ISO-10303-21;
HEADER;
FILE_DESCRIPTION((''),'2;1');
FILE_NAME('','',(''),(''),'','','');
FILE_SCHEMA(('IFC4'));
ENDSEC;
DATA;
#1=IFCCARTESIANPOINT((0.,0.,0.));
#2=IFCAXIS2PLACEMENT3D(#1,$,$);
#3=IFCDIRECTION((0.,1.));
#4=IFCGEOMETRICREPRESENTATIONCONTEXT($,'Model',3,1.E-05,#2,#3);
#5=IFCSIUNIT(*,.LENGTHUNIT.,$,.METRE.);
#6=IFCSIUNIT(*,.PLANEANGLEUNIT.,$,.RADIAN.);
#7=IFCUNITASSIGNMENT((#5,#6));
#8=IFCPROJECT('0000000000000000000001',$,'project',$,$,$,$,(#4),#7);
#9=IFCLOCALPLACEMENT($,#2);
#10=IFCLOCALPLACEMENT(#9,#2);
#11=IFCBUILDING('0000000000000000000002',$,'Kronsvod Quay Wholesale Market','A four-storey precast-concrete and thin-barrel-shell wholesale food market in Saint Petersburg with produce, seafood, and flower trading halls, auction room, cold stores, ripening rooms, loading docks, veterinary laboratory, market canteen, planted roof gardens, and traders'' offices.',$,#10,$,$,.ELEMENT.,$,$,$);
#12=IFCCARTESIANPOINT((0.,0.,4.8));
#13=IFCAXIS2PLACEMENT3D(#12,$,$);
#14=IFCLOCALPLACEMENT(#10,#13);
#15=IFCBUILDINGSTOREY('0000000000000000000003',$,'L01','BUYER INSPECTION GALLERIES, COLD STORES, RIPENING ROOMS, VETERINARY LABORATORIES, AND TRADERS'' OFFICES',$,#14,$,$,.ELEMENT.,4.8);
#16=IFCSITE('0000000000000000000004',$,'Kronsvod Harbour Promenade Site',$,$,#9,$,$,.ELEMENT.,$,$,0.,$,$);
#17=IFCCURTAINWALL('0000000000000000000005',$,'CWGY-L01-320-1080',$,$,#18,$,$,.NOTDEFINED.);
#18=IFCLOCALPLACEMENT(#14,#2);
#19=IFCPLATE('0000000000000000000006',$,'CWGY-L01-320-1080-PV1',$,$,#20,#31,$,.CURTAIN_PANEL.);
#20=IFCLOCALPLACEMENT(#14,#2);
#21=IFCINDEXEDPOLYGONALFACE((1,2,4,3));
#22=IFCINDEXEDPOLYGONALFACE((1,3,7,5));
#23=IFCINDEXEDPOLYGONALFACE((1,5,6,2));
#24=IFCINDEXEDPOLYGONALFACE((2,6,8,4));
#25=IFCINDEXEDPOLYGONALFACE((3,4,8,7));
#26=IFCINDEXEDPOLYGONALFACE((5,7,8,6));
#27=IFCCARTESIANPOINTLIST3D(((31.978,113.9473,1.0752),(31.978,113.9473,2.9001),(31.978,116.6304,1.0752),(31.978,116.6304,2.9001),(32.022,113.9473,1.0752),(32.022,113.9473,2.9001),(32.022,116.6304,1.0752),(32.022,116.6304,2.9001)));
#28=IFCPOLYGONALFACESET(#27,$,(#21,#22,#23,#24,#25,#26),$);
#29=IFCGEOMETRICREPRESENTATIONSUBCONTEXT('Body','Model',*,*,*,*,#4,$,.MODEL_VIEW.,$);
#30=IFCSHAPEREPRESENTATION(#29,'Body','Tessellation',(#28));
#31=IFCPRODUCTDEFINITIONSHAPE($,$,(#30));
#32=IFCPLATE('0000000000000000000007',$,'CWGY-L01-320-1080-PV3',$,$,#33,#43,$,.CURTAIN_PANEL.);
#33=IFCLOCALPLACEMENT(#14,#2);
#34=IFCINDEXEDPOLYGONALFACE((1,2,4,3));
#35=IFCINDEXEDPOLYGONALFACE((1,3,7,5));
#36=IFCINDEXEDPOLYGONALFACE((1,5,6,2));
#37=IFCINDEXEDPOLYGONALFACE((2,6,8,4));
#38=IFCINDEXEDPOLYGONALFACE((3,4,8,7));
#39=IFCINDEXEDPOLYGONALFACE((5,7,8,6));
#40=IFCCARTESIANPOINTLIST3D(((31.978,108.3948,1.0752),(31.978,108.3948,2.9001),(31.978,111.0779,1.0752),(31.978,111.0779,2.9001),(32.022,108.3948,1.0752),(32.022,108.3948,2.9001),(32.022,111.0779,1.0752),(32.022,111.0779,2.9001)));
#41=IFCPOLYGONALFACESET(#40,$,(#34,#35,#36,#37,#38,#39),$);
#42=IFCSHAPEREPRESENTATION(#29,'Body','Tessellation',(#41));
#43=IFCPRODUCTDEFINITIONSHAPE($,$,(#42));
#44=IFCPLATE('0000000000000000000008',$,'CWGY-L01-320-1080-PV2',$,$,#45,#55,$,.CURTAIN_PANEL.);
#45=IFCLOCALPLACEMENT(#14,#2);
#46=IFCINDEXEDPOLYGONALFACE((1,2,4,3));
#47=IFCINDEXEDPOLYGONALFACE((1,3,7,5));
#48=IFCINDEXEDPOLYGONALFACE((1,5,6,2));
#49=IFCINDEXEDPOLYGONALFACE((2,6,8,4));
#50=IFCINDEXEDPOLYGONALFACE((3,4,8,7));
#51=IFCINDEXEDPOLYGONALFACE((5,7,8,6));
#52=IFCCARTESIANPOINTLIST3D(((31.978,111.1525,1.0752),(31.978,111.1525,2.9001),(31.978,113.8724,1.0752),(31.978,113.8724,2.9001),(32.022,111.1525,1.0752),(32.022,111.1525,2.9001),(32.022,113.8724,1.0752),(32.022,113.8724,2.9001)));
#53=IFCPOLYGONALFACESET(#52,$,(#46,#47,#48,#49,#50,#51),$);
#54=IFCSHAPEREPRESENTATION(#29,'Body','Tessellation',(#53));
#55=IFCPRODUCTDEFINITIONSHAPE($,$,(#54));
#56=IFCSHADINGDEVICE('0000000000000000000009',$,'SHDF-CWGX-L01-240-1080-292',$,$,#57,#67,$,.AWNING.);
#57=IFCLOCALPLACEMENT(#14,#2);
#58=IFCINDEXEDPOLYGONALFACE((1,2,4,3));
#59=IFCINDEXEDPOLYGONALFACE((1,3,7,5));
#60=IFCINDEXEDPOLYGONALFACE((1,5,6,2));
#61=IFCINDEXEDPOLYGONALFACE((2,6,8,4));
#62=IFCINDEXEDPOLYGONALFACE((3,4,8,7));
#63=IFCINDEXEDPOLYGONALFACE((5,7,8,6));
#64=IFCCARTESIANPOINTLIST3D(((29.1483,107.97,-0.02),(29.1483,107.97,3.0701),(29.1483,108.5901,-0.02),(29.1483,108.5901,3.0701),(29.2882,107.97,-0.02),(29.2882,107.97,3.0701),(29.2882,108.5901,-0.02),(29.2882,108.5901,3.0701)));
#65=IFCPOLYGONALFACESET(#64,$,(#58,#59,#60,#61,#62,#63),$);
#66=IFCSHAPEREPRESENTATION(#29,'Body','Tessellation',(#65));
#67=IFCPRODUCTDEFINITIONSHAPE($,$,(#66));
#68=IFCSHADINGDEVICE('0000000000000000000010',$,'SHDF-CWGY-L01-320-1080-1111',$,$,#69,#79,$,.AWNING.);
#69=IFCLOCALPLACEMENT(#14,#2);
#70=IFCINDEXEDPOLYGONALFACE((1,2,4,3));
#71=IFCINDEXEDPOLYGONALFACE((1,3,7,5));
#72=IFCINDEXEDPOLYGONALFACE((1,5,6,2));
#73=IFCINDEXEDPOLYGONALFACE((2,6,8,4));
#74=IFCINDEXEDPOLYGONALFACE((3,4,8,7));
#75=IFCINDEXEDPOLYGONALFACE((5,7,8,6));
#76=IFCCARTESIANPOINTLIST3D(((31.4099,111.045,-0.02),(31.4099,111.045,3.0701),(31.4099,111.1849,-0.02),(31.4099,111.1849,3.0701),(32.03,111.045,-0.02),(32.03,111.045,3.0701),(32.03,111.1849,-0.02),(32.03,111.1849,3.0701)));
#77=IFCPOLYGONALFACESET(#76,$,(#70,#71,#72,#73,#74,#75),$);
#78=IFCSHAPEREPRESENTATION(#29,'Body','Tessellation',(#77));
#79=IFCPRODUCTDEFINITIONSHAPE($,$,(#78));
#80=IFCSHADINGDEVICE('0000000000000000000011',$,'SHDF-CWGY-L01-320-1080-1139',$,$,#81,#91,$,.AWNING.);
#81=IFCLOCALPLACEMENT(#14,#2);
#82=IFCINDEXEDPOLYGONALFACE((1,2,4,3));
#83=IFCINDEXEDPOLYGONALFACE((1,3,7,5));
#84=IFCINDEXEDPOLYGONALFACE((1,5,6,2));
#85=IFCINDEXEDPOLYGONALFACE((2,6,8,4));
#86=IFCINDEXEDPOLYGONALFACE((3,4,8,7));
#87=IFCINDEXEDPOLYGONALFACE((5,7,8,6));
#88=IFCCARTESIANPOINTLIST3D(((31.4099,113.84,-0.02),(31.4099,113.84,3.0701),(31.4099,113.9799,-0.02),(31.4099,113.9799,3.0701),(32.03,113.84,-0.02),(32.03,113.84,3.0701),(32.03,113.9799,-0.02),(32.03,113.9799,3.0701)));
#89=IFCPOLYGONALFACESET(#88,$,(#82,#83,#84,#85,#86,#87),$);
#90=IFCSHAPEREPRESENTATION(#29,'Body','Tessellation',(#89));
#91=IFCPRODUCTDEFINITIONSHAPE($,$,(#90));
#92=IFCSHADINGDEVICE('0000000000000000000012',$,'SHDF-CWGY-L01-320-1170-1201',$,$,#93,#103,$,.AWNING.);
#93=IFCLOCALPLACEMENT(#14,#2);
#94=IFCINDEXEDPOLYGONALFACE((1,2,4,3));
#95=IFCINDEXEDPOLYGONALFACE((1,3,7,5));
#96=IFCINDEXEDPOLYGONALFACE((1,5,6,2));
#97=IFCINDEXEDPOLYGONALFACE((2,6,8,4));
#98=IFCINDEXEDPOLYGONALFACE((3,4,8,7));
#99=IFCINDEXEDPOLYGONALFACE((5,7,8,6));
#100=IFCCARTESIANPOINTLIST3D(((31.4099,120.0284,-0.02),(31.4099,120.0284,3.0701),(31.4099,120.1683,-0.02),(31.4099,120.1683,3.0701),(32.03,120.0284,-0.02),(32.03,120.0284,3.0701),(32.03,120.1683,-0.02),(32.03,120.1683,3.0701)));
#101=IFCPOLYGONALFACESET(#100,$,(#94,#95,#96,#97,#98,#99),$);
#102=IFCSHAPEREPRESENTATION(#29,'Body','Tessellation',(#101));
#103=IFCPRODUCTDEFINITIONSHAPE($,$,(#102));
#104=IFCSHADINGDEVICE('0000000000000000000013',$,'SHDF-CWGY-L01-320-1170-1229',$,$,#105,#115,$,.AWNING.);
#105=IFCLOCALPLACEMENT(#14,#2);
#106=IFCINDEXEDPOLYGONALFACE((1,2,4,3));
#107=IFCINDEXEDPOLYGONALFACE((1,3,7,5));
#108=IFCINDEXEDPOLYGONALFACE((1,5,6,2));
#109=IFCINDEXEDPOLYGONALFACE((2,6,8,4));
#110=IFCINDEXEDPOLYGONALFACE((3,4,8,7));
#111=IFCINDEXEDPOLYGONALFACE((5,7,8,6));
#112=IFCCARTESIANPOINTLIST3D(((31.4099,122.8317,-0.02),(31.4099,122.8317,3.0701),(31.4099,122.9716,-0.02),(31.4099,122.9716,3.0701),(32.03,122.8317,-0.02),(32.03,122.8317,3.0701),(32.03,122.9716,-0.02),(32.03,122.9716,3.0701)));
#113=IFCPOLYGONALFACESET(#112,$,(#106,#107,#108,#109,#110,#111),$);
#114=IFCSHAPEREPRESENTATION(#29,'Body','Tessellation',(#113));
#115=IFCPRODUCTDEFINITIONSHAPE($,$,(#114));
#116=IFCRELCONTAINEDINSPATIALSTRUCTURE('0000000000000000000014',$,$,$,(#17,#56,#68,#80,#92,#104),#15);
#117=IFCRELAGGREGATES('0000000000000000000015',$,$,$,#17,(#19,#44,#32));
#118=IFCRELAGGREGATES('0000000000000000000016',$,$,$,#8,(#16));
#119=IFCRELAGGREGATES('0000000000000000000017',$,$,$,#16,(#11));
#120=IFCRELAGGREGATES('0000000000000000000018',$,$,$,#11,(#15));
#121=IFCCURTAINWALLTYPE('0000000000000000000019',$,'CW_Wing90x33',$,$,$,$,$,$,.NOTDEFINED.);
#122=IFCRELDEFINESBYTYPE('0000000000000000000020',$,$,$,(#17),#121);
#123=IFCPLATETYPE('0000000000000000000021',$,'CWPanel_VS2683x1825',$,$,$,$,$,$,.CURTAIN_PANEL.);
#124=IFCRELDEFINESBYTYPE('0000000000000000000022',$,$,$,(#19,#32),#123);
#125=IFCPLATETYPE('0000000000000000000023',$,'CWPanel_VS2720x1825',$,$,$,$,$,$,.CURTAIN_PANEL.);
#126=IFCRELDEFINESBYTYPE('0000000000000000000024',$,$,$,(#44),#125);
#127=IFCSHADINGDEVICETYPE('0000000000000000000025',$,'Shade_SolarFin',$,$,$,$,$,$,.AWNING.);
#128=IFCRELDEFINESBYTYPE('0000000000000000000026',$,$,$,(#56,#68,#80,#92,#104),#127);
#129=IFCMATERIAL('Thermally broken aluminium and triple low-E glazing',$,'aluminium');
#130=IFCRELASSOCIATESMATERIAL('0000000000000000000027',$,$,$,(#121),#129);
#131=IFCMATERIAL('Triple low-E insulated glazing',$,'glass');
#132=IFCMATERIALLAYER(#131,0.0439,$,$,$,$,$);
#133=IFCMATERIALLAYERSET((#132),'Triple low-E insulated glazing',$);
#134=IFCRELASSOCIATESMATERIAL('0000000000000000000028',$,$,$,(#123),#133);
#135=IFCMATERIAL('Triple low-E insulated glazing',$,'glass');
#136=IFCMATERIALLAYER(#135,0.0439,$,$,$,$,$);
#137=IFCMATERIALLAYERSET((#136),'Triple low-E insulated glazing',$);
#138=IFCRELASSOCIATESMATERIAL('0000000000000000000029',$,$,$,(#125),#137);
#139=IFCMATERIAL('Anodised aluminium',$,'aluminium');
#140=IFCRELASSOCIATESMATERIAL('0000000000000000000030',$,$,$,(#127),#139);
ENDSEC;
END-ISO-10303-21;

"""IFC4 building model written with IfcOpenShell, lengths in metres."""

from ifc_helpers import new_model, si_unit, direction, frame, origin, origin_2d, place, context, subcontext, project, spatial, rectangle, extrude, material, layer, layer_set, type_object, element, aggregate, save


model = new_model("IFC4")

# Units and contexts
model_context = context("Model", 3, precision=1e-05, world=origin(), true_north=direction((0.0, 1.0)))
body_context = subcontext(model_context, "Body", "Model", "MODEL_VIEW")
ifc_project = project(units=[si_unit("LENGTHUNIT", "METRE"), si_unit("PLANEANGLEUNIT", "RADIAN")], contexts=[model_context])

# Site, building, storey
site_placement = place(None, origin())
site = spatial("IfcSite", under=ifc_project, at=site_placement, Name="Kronsvod Harbour Promenade Site", CompositionType="ELEMENT", RefElevation=0.0)
building_placement = place(site_placement, origin())
building = spatial("IfcBuilding", under=site, at=building_placement, Name="Kronsvod Quay Wholesale Market", Description="A four-storey precast-concrete and thin-barrel-shell wholesale food market in Saint Petersburg with produce, seafood, and flower trading halls, auction room, cold stores, ripening rooms, loading docks, veterinary laboratory, market canteen, planted roof gardens, and traders' offices.", CompositionType="ELEMENT")
storey_placement = place(building_placement, frame((0.0, 0.0, 4.8)))
storey = spatial("IfcBuildingStorey", under=building, at=storey_placement, Name="L01", Description="BUYER INSPECTION GALLERIES, COLD STORES, RIPENING ROOMS, VETERINARY LABORATORIES, AND TRADERS' OFFICES", CompositionType="ELEMENT", Elevation=4.8)

# Curtain wall
ifc_material_1 = material(Name="Thermally broken aluminium and triple low-E glazing", Category="aluminium")
curtain_wall_type_1 = type_object("IfcCurtainWallType", Name="CW_Wing90x33", PredefinedType="NOTDEFINED", material=ifc_material_1)
curtain_wall_1_placement = place(storey_placement, origin())
curtain_wall_1 = element("IfcCurtainWall", 1, at=curtain_wall_1_placement, inside=storey, type_object=curtain_wall_type_1, Name="CWGY-L01-320-1080", PredefinedType="NOTDEFINED")

# Plates
ifc_material_2 = material(Name="Triple low-E insulated glazing", Category="glass")
ifc_layer_1 = layer(ifc_material_2, 0.0439)
ifc_layer_set_1 = layer_set([ifc_layer_1], Name="Triple low-E insulated glazing")
plate_type_1 = type_object("IfcPlateType", Name="CWPanel_VS2683x1825", PredefinedType="CURTAIN_PANEL", material=ifc_layer_set_1)
plate_1_placement = place(storey_placement, frame((32.0, 115.2888, 1.0752), z_axis=(0.0, 0.0, 1.0), x_axis=(0.0, -1.0, 0.0)))
plate_1 = element("IfcPlate", 2, at=plate_1_placement, type_object=plate_type_1, Name="CWGY-L01-320-1080-PV1", PredefinedType="CURTAIN_PANEL", context=body_context, shape_type="SweptSolid", body=[
    extrude(rectangle(XDim=2.6831, YDim=0.0439, at=origin_2d()), origin(), (0.0, 0.0, 1.0), 1.825),
])
plate_2_placement = place(storey_placement, frame((32.0, 109.7363, 1.0752), z_axis=(0.0, 0.0, 1.0), x_axis=(0.0, -1.0, 0.0)))
plate_2 = element("IfcPlate", 3, at=plate_2_placement, type_object=plate_type_1, Name="CWGY-L01-320-1080-PV3", PredefinedType="CURTAIN_PANEL", context=body_context, shape_type="SweptSolid", body=[
    extrude(rectangle(XDim=2.6831, YDim=0.0439, at=origin_2d()), origin(), (0.0, 0.0, 1.0), 1.825),
])
ifc_material_3 = material(Name="Triple low-E insulated glazing", Category="glass")
ifc_layer_2 = layer(ifc_material_3, 0.0439)
ifc_layer_set_2 = layer_set([ifc_layer_2], Name="Triple low-E insulated glazing")
plate_type_2 = type_object("IfcPlateType", Name="CWPanel_VS2720x1825", PredefinedType="CURTAIN_PANEL", material=ifc_layer_set_2)
plate_3_placement = place(storey_placement, frame((32.0, 112.5125, 1.0752), z_axis=(0.0, 0.0, 1.0), x_axis=(0.0, -1.0, 0.0)))
plate_3 = element("IfcPlate", 4, at=plate_3_placement, type_object=plate_type_2, Name="CWGY-L01-320-1080-PV2", PredefinedType="CURTAIN_PANEL", context=body_context, shape_type="SweptSolid", body=[
    extrude(rectangle(XDim=2.72, YDim=0.0439, at=origin_2d()), origin(), (0.0, 0.0, 1.0), 1.825),
])
aggregate(curtain_wall_1, [plate_1, plate_3, plate_2])

# Shading devices
ifc_material_4 = material(Name="Anodised aluminium", Category="aluminium")
shading_device_type = type_object("IfcShadingDeviceType", Name="Shade_SolarFin", PredefinedType="AWNING", material=ifc_material_4)
shading_device_placement = place(storey_placement, frame((29.2183, 108.28, -0.02), z_axis=(0.0, 0.0, 1.0), x_axis=(1.0, 0.0, 0.0)))
element("IfcShadingDevice", 5, at=shading_device_placement, inside=storey, type_object=shading_device_type, Name="SHDF-CWGX-L01-240-1080-292", PredefinedType="AWNING", context=body_context, shape_type="SweptSolid", body=[
    extrude(rectangle(XDim=0.1399, YDim=0.6201, at=origin_2d()), origin(), (0.0, 0.0, 1.0), 3.0901),
])
for number, where, z_axis, x_axis, name in (
    (6, (31.72, 111.115, -0.02), (0.0, 0.0, 1.0), (1.0, 0.0, 0.0), "SHDF-CWGY-L01-320-1080-1111"),
    (7, (31.72, 113.9099, -0.02), (0.0, 0.0, 1.0), (1.0, 0.0, 0.0), "SHDF-CWGY-L01-320-1080-1139"),
    (8, (31.72, 120.0984, -0.02), (0.0, 0.0, 1.0), (1.0, 0.0, 0.0), "SHDF-CWGY-L01-320-1170-1201"),
    (9, (31.72, 122.9016, -0.02), (0.0, 0.0, 1.0), (1.0, 0.0, 0.0), "SHDF-CWGY-L01-320-1170-1229"),
):
    element("IfcShadingDevice", number, at=place(storey_placement, frame(where, z_axis=z_axis, x_axis=x_axis)), inside=storey, type_object=shading_device_type, Name=name, PredefinedType="AWNING", context=body_context, shape_type="SweptSolid", body=[
        extrude(rectangle(XDim=0.6201, YDim=0.1399, at=origin_2d()), origin(), (0.0, 0.0, 1.0), 3.0901),
    ])

save(model, "model.ifc")
